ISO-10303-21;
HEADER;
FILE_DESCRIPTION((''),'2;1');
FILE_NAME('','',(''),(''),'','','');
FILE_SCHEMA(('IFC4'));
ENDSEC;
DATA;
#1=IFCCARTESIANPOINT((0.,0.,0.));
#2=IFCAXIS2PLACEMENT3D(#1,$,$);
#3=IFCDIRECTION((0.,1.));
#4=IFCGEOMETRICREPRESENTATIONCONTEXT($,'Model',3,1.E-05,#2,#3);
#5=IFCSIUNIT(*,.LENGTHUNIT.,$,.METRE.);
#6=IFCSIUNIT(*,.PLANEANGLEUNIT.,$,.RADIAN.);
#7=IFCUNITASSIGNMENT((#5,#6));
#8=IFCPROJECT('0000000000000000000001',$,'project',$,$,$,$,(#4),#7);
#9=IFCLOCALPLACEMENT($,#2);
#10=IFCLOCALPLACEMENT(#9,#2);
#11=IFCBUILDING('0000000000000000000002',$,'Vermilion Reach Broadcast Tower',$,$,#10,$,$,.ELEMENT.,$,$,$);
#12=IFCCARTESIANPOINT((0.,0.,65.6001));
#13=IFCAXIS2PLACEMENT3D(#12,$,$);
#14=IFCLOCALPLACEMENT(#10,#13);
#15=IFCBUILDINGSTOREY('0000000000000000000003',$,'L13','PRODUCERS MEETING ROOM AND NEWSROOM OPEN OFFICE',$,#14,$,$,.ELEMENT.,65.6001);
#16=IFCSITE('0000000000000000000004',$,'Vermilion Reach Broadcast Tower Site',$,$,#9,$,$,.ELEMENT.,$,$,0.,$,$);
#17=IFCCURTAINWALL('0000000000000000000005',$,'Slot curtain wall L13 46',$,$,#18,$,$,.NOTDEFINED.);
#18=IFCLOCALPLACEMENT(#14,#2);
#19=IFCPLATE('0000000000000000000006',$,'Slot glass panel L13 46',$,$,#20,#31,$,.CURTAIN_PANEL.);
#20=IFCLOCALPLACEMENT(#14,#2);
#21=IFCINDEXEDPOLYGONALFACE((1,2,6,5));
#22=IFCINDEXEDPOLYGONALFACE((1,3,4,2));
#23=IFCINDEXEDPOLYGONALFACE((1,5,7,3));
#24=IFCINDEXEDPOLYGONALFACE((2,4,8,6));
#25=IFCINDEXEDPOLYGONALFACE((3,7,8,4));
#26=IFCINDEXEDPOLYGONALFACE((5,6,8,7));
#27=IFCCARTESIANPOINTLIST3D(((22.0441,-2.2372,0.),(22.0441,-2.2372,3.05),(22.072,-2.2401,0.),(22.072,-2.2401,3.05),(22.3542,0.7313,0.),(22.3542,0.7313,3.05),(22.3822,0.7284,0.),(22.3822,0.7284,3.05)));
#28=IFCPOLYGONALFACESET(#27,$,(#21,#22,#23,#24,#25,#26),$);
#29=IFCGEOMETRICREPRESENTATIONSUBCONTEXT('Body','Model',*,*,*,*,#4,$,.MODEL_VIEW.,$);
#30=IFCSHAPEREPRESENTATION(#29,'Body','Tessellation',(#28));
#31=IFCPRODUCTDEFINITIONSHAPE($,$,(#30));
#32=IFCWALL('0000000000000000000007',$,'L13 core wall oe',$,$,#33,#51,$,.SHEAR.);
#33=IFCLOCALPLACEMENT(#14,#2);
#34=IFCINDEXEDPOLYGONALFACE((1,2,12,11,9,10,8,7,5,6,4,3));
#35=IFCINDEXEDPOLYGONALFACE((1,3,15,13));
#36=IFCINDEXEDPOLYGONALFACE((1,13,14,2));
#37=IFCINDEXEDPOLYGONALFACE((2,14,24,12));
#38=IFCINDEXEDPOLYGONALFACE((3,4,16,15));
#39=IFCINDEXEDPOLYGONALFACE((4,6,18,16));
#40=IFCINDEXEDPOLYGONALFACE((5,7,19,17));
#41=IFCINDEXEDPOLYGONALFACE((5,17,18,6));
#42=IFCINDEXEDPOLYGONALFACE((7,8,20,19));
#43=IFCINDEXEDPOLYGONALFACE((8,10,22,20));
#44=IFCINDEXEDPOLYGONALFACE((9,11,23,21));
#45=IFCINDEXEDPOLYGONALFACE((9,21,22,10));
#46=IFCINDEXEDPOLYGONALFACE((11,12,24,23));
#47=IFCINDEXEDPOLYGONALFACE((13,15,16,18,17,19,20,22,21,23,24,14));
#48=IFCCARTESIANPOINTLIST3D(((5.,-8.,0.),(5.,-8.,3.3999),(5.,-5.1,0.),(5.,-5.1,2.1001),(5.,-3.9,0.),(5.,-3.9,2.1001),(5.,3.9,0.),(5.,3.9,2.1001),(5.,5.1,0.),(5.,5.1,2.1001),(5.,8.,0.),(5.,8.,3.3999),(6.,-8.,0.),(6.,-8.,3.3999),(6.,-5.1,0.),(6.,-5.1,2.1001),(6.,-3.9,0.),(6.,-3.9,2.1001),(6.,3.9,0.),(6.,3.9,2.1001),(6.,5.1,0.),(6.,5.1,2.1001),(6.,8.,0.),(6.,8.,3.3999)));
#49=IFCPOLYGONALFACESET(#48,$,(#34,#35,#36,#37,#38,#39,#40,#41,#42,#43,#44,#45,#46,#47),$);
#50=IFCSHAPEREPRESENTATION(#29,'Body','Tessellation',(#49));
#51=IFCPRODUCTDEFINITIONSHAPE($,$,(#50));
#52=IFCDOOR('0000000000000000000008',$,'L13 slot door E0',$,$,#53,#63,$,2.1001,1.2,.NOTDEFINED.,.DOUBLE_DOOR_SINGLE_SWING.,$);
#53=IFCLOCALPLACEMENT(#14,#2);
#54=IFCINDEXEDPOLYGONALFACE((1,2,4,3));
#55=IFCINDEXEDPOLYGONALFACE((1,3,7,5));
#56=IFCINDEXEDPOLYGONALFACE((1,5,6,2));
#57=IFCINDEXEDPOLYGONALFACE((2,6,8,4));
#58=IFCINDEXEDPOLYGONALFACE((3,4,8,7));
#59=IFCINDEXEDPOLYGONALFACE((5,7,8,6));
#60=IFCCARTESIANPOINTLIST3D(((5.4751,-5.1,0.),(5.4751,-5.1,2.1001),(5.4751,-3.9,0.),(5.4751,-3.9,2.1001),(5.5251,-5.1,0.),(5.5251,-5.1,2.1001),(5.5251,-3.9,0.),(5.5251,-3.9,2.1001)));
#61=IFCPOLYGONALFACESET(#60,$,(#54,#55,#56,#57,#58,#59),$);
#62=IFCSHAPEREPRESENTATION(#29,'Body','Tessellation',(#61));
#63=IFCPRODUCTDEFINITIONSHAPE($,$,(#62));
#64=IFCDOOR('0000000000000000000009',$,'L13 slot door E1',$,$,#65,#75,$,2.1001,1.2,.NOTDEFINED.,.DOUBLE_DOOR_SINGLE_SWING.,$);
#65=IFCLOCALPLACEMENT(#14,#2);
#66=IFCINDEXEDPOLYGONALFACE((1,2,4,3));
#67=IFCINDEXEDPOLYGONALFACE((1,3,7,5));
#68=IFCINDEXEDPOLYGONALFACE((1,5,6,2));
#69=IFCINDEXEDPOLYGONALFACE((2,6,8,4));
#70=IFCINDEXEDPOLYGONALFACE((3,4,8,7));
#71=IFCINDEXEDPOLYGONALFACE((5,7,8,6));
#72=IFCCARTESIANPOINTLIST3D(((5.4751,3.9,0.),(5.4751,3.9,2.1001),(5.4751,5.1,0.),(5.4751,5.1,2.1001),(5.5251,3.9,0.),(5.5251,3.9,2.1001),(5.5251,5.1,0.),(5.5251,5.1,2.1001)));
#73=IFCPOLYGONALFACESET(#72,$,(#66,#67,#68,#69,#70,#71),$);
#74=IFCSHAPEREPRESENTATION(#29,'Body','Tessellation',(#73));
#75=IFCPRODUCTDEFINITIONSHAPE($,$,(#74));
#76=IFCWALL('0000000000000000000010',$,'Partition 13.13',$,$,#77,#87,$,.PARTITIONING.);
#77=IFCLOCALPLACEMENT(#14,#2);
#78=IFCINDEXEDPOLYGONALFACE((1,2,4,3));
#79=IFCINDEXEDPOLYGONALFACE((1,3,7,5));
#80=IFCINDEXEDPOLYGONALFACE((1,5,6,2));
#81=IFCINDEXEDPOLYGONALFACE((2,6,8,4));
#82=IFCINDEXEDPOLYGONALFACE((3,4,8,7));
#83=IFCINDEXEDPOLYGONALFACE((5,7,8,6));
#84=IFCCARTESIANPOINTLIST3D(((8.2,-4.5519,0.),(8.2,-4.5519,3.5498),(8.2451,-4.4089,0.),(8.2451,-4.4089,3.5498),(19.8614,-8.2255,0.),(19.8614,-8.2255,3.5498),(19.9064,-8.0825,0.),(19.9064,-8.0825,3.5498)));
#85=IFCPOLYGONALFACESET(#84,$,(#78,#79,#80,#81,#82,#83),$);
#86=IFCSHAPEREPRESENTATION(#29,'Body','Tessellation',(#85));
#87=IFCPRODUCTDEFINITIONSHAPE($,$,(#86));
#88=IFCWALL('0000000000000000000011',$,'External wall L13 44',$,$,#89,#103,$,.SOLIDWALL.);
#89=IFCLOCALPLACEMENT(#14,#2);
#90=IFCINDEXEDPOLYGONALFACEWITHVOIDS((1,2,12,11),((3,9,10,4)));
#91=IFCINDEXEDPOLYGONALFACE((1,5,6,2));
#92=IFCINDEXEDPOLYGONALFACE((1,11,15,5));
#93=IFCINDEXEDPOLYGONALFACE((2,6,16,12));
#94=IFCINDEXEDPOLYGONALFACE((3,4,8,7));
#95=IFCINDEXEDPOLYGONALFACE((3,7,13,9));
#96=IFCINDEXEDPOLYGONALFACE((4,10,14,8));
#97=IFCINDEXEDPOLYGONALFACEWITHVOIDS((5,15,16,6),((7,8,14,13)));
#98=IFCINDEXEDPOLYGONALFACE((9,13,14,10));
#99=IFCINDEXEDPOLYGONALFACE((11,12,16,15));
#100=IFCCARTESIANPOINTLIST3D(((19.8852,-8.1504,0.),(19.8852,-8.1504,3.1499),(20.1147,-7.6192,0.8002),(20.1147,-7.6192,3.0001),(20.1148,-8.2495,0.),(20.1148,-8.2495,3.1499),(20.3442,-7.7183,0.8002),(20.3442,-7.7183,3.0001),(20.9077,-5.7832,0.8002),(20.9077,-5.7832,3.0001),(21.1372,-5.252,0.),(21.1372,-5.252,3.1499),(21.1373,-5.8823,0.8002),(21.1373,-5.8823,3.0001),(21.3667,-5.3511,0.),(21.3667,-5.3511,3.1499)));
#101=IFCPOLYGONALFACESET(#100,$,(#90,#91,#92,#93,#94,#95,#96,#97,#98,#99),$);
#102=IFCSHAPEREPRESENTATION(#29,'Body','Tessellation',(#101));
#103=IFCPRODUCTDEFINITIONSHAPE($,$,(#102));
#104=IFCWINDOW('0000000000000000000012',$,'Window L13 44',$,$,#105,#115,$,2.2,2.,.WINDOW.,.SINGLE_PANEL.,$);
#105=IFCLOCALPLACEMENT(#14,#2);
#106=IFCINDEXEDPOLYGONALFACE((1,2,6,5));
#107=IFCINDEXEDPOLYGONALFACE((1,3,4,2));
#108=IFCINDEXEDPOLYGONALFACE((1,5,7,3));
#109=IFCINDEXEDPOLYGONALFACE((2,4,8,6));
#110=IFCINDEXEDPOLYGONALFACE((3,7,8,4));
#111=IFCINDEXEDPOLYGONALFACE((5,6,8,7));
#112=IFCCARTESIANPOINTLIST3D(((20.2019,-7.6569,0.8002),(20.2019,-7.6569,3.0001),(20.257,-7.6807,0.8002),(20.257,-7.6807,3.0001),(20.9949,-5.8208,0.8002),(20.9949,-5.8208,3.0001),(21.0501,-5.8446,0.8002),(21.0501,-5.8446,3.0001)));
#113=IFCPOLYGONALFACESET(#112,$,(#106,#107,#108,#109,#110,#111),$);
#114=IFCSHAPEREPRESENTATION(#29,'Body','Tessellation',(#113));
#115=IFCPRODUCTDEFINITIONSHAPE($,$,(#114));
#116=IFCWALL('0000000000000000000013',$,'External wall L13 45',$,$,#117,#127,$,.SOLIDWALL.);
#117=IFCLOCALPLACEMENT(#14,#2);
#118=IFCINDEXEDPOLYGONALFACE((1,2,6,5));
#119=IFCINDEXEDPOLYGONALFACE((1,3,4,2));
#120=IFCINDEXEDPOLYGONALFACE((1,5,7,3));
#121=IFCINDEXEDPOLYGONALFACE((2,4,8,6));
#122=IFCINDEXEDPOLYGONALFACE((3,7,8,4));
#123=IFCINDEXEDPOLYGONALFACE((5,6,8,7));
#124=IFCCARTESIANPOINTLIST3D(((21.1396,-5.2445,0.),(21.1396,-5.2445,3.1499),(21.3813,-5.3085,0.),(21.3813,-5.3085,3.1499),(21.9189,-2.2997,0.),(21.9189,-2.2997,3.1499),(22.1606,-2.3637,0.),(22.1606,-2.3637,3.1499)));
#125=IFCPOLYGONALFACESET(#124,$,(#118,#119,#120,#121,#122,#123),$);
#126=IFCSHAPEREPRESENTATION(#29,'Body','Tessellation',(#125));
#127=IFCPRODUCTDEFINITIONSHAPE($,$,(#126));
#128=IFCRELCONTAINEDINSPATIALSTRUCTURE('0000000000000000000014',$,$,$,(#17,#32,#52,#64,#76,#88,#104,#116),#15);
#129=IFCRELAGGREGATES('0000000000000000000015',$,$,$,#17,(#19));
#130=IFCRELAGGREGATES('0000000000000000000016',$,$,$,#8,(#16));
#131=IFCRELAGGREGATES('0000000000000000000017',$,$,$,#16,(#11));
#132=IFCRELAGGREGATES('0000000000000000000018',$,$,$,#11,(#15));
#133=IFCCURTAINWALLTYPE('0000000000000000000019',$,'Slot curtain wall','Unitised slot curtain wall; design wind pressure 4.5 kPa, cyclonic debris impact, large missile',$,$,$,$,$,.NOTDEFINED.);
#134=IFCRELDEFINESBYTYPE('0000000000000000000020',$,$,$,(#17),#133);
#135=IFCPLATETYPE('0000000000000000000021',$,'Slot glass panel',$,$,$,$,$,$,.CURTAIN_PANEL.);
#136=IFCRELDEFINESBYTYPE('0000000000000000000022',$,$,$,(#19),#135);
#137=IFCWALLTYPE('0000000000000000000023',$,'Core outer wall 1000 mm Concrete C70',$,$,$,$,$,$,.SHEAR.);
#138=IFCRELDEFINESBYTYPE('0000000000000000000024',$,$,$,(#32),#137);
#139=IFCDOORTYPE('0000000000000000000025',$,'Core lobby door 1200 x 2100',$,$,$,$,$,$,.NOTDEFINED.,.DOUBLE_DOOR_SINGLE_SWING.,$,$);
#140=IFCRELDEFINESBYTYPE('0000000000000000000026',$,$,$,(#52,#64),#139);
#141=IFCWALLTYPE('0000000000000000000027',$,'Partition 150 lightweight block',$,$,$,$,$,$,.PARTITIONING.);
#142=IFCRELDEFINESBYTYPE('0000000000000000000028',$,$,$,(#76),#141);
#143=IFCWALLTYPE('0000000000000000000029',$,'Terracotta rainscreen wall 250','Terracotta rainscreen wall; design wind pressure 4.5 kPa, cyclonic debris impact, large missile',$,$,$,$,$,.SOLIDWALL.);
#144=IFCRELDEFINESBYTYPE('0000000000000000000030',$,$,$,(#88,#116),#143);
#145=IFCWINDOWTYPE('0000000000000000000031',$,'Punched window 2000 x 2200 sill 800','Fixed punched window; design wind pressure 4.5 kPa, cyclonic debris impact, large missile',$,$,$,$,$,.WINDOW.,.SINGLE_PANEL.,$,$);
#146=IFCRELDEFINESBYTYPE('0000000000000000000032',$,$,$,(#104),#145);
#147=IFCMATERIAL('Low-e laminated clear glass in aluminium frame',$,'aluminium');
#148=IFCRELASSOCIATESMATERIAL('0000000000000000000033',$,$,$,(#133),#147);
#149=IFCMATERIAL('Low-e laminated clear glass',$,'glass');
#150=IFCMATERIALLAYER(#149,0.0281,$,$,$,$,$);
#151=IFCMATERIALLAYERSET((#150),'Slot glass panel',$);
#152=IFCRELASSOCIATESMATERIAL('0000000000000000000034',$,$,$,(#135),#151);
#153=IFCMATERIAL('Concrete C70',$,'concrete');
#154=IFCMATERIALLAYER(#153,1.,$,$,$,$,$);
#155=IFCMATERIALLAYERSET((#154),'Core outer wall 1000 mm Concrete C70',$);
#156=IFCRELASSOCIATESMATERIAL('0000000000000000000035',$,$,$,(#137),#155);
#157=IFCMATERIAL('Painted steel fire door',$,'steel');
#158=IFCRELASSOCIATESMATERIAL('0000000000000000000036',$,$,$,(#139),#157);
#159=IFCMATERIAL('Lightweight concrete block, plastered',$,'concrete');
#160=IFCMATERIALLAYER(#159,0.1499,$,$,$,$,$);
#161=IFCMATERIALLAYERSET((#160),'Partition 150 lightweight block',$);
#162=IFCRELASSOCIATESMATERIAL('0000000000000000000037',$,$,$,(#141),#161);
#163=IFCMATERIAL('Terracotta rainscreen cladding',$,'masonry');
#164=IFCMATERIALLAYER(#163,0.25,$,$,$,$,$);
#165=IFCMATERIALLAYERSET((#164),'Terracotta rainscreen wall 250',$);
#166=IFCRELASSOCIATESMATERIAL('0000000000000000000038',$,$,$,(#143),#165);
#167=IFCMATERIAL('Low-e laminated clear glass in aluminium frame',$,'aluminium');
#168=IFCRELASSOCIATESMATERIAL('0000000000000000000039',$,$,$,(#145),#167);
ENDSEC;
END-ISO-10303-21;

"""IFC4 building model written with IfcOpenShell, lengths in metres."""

from ifc_helpers import new_model, si_unit, direction, frame, frame_2d, origin, origin_2d, place, context, subcontext, project, spatial, rectangle, extrude, material, layer, layer_set, type_object, element, fill, aggregate, save


model = new_model("IFC4")

# Units and contexts
model_context = context("Model", 3, precision=1e-05, world=origin(), true_north=direction((0.0, 1.0)))
body_context = subcontext(model_context, "Body", "Model", "MODEL_VIEW")
ifc_project = project(units=[si_unit("LENGTHUNIT", "METRE"), si_unit("PLANEANGLEUNIT", "RADIAN")], contexts=[model_context])

# Site, building, storey
site_placement = place(None, origin())
site = spatial("IfcSite", under=ifc_project, at=site_placement, Name="Vermilion Reach Broadcast Tower Site", CompositionType="ELEMENT", RefElevation=0.0)
building_placement = place(site_placement, origin())
building = spatial("IfcBuilding", under=site, at=building_placement, Name="Vermilion Reach Broadcast Tower", CompositionType="ELEMENT")
storey_placement = place(building_placement, frame((0.0, 0.0, 65.6001)))
storey = spatial("IfcBuildingStorey", under=building, at=storey_placement, Name="L13", Description="PRODUCERS MEETING ROOM AND NEWSROOM OPEN OFFICE", CompositionType="ELEMENT", Elevation=65.6001)

# Curtain wall, plate
ifc_material_1 = material(Name="Low-e laminated clear glass in aluminium frame", Category="aluminium")
curtain_wall_type = type_object("IfcCurtainWallType", Name="Slot curtain wall", Description="Unitised slot curtain wall; design wind pressure 4.5 kPa, cyclonic debris impact, large missile", PredefinedType="NOTDEFINED", material=ifc_material_1)
curtain_wall_placement = place(storey_placement, origin())
curtain_wall = element("IfcCurtainWall", 1, at=curtain_wall_placement, inside=storey, type_object=curtain_wall_type, Name="Slot curtain wall L13 46", PredefinedType="NOTDEFINED")
ifc_material_2 = material(Name="Low-e laminated clear glass", Category="glass")
ifc_layer_1 = layer(ifc_material_2, 0.0281)
ifc_layer_set_1 = layer_set([ifc_layer_1], Name="Slot glass panel")
plate_type = type_object("IfcPlateType", Name="Slot glass panel", PredefinedType="CURTAIN_PANEL", material=ifc_layer_set_1)
plate_placement = place(storey_placement, frame((22.2131, -0.7544, 0.0), z_axis=(0.0, 0.0, 1.0), x_axis=(0.103913, 0.994586, 0.0)))
plate = element("IfcPlate", 2, at=plate_placement, type_object=plate_type, Name="Slot glass panel L13 46", PredefinedType="CURTAIN_PANEL", context=body_context, shape_type="SweptSolid", body=[
    extrude(rectangle(XDim=2.9846, YDim=0.0281, at=origin_2d()), origin(), (0.0, 0.0, 1.0), 3.05),
])
aggregate(curtain_wall, [plate])

# Wall, openings, doors
ifc_material_3 = material(Name="Concrete C70", Category="concrete")
ifc_layer_2 = layer(ifc_material_3, 1.0)
ifc_layer_set_2 = layer_set([ifc_layer_2], Name="Core outer wall 1000 mm Concrete C70")
wall_type_1 = type_object("IfcWallType", Name="Core outer wall 1000 mm Concrete C70", PredefinedType="SHEAR", material=ifc_layer_set_2)
wall_1_placement = place(storey_placement, frame((5.5, -8.0, 0.0), z_axis=(0.0, 0.0, 1.0), x_axis=(0.0, 1.0, 0.0)))
wall_1 = element("IfcWall", 3, at=wall_1_placement, inside=storey, type_object=wall_type_1, Name="L13 core wall oe", PredefinedType="SHEAR", context=body_context, shape_type="SweptSolid", body=[
    extrude(rectangle(XDim=16.0, YDim=1.0, at=frame_2d((8.0, 0.0))), origin(), (0.0, 0.0, 1.0), 3.3999),
])
opening_1_placement = place(wall_1_placement, frame((2.8999, 0.0, 0.0)))
opening_1 = element("IfcOpeningElement", 4, at=opening_1_placement, cuts=wall_1, PredefinedType="OPENING", context=body_context, shape_type="SweptSolid", body=[
    extrude(rectangle(XDim=1.2, YDim=2.1001, at=frame_2d((0.6001, 1.05))), frame((0.0, 0.51, 0.0), z_axis=(0.0, -1.0, 0.0), x_axis=(1.0, 0.0, 0.0)), (0.0, 0.0, 1.0), 1.02),
])
opening_2_placement = place(wall_1_placement, frame((11.8999, 0.0, 0.0)))
opening_2 = element("IfcOpeningElement", 5, at=opening_2_placement, cuts=wall_1, PredefinedType="OPENING", context=body_context, shape_type="SweptSolid", body=[
    extrude(rectangle(XDim=1.2, YDim=2.1001, at=frame_2d((0.6001, 1.05))), frame((0.0, 0.51, 0.0), z_axis=(0.0, -1.0, 0.0), x_axis=(1.0, 0.0, 0.0)), (0.0, 0.0, 1.0), 1.02),
])
ifc_material_4 = material(Name="Painted steel fire door", Category="steel")
door_type = type_object("IfcDoorType", Name="Core lobby door 1200 x 2100", OperationType="DOUBLE_DOOR_SINGLE_SWING", PredefinedType="NOTDEFINED", material=ifc_material_4)
door_1_placement = place(opening_1_placement, origin())
door_1 = element("IfcDoor", 6, at=door_1_placement, inside=storey, type_object=door_type, Name="L13 slot door E0", OperationType="DOUBLE_DOOR_SINGLE_SWING", OverallHeight=2.1001, OverallWidth=1.2, PredefinedType="NOTDEFINED", context=body_context, shape_type="SweptSolid", body=[
    extrude(rectangle(XDim=1.2, YDim=2.1001, at=frame_2d((0.6001, 1.05))), frame((0.0, 0.0249, 0.0), z_axis=(0.0, -1.0, 0.0), x_axis=(1.0, 0.0, 0.0)), (0.0, 0.0, 1.0), 0.05),
])
fill(opening_1, door_1)
door_2_placement = place(opening_2_placement, origin())
door_2 = element("IfcDoor", 7, at=door_2_placement, inside=storey, type_object=door_type, Name="L13 slot door E1", OperationType="DOUBLE_DOOR_SINGLE_SWING", OverallHeight=2.1001, OverallWidth=1.2, PredefinedType="NOTDEFINED", context=body_context, shape_type="SweptSolid", body=[
    extrude(rectangle(XDim=1.2, YDim=2.1001, at=frame_2d((0.6001, 1.05))), frame((0.0, 0.0249, 0.0), z_axis=(0.0, -1.0, 0.0), x_axis=(1.0, 0.0, 0.0)), (0.0, 0.0, 1.0), 0.05),
])
fill(opening_2, door_2)

# Wall
ifc_material_5 = material(Name="Lightweight concrete block, plastered", Category="concrete")
ifc_layer_3 = layer(ifc_material_5, 0.1499)
ifc_layer_set_3 = layer_set([ifc_layer_3], Name="Partition 150 lightweight block")
wall_type_2 = type_object("IfcWallType", Name="Partition 150 lightweight block", PredefinedType="PARTITIONING", material=ifc_layer_set_3)
wall_2_placement = place(storey_placement, frame((19.884, -8.1541, 0.0), z_axis=(0.0, 0.0, 1.0), x_axis=(-0.953793, 0.300465, 0.0)))
element("IfcWall", 8, at=wall_2_placement, inside=storey, type_object=wall_type_2, Name="Partition 13.13", PredefinedType="PARTITIONING", context=body_context, shape_type="SweptSolid", body=[
    extrude(rectangle(XDim=12.2263, YDim=0.1499, at=frame_2d((6.1133, 0.0))), origin(), (0.0, 0.0, 1.0), 3.5498),
])

# Wall, opening, window
ifc_material_6 = material(Name="Terracotta rainscreen cladding", Category="masonry")
ifc_layer_4 = layer(ifc_material_6, 0.25)
ifc_layer_set_4 = layer_set([ifc_layer_4], Name="Terracotta rainscreen wall 250")
wall_type_3 = type_object("IfcWallType", Name="Terracotta rainscreen wall 250", Description="Terracotta rainscreen wall; design wind pressure 4.5 kPa, cyclonic debris impact, large missile", PredefinedType="SOLIDWALL", material=ifc_layer_set_4)
wall_3_placement = place(storey_placement, frame((20.0, -8.2, 0.0), z_axis=(0.0, 0.0, 1.0), x_axis=(0.396531, 0.918021, 0.0)))
wall_3 = element("IfcWall", 9, at=wall_3_placement, inside=storey, type_object=wall_type_3, Name="External wall L13 44", PredefinedType="SOLIDWALL", context=body_context, shape_type="SweptSolid", body=[
    extrude(rectangle(XDim=3.1572, YDim=0.25, at=frame_2d((1.5786, 0.0))), origin(), (0.0, 0.0, 1.0), 3.1499),
])
opening_3_placement = place(wall_3_placement, frame((0.5786, 0.0, 0.8)))
opening_3 = element("IfcOpeningElement", 10, at=opening_3_placement, cuts=wall_3, PredefinedType="OPENING", context=body_context, shape_type="SweptSolid", body=[
    extrude(rectangle(XDim=2.0, YDim=2.2, at=frame_2d((1.0, 1.1001))), frame((0.0, 0.135, 0.0), z_axis=(0.0, -1.0, 0.0), x_axis=(1.0, 0.0, 0.0)), (0.0, 0.0, 1.0), 0.27),
])
ifc_material_7 = material(Name="Low-e laminated clear glass in aluminium frame", Category="aluminium")
window_type = type_object("IfcWindowType", Name="Punched window 2000 x 2200 sill 800", Description="Fixed punched window; design wind pressure 4.5 kPa, cyclonic debris impact, large missile", PartitioningType="SINGLE_PANEL", PredefinedType="WINDOW", material=ifc_material_7)
window_placement = place(opening_3_placement, origin())
window = element("IfcWindow", 11, at=window_placement, inside=storey, type_object=window_type, Name="Window L13 44", OverallHeight=2.2, OverallWidth=2.0, PartitioningType="SINGLE_PANEL", PredefinedType="WINDOW", context=body_context, shape_type="SweptSolid", body=[
    extrude(rectangle(XDim=2.0, YDim=2.2, at=frame_2d((1.0, 1.1001))), frame((0.0, 0.03, 0.0), z_axis=(0.0, -1.0, 0.0), x_axis=(1.0, 0.0, 0.0)), (0.0, 0.0, 1.0), 0.0601),
])
fill(opening_3, window)

# Wall
wall_4_placement = place(storey_placement, frame((21.2605, -5.2764, 0.0), z_axis=(0.0, 0.0, 1.0), x_axis=(0.255826, 0.966723, 0.0)))
element("IfcWall", 12, at=wall_4_placement, inside=storey, type_object=wall_type_3, Name="External wall L13 45", PredefinedType="SOLIDWALL", context=body_context, shape_type="SweptSolid", body=[
    extrude(rectangle(XDim=3.0461, YDim=0.25, at=frame_2d((1.5229, 0.0))), origin(), (0.0, 0.0, 1.0), 3.1499),
])

save(model, "model.ifc")
